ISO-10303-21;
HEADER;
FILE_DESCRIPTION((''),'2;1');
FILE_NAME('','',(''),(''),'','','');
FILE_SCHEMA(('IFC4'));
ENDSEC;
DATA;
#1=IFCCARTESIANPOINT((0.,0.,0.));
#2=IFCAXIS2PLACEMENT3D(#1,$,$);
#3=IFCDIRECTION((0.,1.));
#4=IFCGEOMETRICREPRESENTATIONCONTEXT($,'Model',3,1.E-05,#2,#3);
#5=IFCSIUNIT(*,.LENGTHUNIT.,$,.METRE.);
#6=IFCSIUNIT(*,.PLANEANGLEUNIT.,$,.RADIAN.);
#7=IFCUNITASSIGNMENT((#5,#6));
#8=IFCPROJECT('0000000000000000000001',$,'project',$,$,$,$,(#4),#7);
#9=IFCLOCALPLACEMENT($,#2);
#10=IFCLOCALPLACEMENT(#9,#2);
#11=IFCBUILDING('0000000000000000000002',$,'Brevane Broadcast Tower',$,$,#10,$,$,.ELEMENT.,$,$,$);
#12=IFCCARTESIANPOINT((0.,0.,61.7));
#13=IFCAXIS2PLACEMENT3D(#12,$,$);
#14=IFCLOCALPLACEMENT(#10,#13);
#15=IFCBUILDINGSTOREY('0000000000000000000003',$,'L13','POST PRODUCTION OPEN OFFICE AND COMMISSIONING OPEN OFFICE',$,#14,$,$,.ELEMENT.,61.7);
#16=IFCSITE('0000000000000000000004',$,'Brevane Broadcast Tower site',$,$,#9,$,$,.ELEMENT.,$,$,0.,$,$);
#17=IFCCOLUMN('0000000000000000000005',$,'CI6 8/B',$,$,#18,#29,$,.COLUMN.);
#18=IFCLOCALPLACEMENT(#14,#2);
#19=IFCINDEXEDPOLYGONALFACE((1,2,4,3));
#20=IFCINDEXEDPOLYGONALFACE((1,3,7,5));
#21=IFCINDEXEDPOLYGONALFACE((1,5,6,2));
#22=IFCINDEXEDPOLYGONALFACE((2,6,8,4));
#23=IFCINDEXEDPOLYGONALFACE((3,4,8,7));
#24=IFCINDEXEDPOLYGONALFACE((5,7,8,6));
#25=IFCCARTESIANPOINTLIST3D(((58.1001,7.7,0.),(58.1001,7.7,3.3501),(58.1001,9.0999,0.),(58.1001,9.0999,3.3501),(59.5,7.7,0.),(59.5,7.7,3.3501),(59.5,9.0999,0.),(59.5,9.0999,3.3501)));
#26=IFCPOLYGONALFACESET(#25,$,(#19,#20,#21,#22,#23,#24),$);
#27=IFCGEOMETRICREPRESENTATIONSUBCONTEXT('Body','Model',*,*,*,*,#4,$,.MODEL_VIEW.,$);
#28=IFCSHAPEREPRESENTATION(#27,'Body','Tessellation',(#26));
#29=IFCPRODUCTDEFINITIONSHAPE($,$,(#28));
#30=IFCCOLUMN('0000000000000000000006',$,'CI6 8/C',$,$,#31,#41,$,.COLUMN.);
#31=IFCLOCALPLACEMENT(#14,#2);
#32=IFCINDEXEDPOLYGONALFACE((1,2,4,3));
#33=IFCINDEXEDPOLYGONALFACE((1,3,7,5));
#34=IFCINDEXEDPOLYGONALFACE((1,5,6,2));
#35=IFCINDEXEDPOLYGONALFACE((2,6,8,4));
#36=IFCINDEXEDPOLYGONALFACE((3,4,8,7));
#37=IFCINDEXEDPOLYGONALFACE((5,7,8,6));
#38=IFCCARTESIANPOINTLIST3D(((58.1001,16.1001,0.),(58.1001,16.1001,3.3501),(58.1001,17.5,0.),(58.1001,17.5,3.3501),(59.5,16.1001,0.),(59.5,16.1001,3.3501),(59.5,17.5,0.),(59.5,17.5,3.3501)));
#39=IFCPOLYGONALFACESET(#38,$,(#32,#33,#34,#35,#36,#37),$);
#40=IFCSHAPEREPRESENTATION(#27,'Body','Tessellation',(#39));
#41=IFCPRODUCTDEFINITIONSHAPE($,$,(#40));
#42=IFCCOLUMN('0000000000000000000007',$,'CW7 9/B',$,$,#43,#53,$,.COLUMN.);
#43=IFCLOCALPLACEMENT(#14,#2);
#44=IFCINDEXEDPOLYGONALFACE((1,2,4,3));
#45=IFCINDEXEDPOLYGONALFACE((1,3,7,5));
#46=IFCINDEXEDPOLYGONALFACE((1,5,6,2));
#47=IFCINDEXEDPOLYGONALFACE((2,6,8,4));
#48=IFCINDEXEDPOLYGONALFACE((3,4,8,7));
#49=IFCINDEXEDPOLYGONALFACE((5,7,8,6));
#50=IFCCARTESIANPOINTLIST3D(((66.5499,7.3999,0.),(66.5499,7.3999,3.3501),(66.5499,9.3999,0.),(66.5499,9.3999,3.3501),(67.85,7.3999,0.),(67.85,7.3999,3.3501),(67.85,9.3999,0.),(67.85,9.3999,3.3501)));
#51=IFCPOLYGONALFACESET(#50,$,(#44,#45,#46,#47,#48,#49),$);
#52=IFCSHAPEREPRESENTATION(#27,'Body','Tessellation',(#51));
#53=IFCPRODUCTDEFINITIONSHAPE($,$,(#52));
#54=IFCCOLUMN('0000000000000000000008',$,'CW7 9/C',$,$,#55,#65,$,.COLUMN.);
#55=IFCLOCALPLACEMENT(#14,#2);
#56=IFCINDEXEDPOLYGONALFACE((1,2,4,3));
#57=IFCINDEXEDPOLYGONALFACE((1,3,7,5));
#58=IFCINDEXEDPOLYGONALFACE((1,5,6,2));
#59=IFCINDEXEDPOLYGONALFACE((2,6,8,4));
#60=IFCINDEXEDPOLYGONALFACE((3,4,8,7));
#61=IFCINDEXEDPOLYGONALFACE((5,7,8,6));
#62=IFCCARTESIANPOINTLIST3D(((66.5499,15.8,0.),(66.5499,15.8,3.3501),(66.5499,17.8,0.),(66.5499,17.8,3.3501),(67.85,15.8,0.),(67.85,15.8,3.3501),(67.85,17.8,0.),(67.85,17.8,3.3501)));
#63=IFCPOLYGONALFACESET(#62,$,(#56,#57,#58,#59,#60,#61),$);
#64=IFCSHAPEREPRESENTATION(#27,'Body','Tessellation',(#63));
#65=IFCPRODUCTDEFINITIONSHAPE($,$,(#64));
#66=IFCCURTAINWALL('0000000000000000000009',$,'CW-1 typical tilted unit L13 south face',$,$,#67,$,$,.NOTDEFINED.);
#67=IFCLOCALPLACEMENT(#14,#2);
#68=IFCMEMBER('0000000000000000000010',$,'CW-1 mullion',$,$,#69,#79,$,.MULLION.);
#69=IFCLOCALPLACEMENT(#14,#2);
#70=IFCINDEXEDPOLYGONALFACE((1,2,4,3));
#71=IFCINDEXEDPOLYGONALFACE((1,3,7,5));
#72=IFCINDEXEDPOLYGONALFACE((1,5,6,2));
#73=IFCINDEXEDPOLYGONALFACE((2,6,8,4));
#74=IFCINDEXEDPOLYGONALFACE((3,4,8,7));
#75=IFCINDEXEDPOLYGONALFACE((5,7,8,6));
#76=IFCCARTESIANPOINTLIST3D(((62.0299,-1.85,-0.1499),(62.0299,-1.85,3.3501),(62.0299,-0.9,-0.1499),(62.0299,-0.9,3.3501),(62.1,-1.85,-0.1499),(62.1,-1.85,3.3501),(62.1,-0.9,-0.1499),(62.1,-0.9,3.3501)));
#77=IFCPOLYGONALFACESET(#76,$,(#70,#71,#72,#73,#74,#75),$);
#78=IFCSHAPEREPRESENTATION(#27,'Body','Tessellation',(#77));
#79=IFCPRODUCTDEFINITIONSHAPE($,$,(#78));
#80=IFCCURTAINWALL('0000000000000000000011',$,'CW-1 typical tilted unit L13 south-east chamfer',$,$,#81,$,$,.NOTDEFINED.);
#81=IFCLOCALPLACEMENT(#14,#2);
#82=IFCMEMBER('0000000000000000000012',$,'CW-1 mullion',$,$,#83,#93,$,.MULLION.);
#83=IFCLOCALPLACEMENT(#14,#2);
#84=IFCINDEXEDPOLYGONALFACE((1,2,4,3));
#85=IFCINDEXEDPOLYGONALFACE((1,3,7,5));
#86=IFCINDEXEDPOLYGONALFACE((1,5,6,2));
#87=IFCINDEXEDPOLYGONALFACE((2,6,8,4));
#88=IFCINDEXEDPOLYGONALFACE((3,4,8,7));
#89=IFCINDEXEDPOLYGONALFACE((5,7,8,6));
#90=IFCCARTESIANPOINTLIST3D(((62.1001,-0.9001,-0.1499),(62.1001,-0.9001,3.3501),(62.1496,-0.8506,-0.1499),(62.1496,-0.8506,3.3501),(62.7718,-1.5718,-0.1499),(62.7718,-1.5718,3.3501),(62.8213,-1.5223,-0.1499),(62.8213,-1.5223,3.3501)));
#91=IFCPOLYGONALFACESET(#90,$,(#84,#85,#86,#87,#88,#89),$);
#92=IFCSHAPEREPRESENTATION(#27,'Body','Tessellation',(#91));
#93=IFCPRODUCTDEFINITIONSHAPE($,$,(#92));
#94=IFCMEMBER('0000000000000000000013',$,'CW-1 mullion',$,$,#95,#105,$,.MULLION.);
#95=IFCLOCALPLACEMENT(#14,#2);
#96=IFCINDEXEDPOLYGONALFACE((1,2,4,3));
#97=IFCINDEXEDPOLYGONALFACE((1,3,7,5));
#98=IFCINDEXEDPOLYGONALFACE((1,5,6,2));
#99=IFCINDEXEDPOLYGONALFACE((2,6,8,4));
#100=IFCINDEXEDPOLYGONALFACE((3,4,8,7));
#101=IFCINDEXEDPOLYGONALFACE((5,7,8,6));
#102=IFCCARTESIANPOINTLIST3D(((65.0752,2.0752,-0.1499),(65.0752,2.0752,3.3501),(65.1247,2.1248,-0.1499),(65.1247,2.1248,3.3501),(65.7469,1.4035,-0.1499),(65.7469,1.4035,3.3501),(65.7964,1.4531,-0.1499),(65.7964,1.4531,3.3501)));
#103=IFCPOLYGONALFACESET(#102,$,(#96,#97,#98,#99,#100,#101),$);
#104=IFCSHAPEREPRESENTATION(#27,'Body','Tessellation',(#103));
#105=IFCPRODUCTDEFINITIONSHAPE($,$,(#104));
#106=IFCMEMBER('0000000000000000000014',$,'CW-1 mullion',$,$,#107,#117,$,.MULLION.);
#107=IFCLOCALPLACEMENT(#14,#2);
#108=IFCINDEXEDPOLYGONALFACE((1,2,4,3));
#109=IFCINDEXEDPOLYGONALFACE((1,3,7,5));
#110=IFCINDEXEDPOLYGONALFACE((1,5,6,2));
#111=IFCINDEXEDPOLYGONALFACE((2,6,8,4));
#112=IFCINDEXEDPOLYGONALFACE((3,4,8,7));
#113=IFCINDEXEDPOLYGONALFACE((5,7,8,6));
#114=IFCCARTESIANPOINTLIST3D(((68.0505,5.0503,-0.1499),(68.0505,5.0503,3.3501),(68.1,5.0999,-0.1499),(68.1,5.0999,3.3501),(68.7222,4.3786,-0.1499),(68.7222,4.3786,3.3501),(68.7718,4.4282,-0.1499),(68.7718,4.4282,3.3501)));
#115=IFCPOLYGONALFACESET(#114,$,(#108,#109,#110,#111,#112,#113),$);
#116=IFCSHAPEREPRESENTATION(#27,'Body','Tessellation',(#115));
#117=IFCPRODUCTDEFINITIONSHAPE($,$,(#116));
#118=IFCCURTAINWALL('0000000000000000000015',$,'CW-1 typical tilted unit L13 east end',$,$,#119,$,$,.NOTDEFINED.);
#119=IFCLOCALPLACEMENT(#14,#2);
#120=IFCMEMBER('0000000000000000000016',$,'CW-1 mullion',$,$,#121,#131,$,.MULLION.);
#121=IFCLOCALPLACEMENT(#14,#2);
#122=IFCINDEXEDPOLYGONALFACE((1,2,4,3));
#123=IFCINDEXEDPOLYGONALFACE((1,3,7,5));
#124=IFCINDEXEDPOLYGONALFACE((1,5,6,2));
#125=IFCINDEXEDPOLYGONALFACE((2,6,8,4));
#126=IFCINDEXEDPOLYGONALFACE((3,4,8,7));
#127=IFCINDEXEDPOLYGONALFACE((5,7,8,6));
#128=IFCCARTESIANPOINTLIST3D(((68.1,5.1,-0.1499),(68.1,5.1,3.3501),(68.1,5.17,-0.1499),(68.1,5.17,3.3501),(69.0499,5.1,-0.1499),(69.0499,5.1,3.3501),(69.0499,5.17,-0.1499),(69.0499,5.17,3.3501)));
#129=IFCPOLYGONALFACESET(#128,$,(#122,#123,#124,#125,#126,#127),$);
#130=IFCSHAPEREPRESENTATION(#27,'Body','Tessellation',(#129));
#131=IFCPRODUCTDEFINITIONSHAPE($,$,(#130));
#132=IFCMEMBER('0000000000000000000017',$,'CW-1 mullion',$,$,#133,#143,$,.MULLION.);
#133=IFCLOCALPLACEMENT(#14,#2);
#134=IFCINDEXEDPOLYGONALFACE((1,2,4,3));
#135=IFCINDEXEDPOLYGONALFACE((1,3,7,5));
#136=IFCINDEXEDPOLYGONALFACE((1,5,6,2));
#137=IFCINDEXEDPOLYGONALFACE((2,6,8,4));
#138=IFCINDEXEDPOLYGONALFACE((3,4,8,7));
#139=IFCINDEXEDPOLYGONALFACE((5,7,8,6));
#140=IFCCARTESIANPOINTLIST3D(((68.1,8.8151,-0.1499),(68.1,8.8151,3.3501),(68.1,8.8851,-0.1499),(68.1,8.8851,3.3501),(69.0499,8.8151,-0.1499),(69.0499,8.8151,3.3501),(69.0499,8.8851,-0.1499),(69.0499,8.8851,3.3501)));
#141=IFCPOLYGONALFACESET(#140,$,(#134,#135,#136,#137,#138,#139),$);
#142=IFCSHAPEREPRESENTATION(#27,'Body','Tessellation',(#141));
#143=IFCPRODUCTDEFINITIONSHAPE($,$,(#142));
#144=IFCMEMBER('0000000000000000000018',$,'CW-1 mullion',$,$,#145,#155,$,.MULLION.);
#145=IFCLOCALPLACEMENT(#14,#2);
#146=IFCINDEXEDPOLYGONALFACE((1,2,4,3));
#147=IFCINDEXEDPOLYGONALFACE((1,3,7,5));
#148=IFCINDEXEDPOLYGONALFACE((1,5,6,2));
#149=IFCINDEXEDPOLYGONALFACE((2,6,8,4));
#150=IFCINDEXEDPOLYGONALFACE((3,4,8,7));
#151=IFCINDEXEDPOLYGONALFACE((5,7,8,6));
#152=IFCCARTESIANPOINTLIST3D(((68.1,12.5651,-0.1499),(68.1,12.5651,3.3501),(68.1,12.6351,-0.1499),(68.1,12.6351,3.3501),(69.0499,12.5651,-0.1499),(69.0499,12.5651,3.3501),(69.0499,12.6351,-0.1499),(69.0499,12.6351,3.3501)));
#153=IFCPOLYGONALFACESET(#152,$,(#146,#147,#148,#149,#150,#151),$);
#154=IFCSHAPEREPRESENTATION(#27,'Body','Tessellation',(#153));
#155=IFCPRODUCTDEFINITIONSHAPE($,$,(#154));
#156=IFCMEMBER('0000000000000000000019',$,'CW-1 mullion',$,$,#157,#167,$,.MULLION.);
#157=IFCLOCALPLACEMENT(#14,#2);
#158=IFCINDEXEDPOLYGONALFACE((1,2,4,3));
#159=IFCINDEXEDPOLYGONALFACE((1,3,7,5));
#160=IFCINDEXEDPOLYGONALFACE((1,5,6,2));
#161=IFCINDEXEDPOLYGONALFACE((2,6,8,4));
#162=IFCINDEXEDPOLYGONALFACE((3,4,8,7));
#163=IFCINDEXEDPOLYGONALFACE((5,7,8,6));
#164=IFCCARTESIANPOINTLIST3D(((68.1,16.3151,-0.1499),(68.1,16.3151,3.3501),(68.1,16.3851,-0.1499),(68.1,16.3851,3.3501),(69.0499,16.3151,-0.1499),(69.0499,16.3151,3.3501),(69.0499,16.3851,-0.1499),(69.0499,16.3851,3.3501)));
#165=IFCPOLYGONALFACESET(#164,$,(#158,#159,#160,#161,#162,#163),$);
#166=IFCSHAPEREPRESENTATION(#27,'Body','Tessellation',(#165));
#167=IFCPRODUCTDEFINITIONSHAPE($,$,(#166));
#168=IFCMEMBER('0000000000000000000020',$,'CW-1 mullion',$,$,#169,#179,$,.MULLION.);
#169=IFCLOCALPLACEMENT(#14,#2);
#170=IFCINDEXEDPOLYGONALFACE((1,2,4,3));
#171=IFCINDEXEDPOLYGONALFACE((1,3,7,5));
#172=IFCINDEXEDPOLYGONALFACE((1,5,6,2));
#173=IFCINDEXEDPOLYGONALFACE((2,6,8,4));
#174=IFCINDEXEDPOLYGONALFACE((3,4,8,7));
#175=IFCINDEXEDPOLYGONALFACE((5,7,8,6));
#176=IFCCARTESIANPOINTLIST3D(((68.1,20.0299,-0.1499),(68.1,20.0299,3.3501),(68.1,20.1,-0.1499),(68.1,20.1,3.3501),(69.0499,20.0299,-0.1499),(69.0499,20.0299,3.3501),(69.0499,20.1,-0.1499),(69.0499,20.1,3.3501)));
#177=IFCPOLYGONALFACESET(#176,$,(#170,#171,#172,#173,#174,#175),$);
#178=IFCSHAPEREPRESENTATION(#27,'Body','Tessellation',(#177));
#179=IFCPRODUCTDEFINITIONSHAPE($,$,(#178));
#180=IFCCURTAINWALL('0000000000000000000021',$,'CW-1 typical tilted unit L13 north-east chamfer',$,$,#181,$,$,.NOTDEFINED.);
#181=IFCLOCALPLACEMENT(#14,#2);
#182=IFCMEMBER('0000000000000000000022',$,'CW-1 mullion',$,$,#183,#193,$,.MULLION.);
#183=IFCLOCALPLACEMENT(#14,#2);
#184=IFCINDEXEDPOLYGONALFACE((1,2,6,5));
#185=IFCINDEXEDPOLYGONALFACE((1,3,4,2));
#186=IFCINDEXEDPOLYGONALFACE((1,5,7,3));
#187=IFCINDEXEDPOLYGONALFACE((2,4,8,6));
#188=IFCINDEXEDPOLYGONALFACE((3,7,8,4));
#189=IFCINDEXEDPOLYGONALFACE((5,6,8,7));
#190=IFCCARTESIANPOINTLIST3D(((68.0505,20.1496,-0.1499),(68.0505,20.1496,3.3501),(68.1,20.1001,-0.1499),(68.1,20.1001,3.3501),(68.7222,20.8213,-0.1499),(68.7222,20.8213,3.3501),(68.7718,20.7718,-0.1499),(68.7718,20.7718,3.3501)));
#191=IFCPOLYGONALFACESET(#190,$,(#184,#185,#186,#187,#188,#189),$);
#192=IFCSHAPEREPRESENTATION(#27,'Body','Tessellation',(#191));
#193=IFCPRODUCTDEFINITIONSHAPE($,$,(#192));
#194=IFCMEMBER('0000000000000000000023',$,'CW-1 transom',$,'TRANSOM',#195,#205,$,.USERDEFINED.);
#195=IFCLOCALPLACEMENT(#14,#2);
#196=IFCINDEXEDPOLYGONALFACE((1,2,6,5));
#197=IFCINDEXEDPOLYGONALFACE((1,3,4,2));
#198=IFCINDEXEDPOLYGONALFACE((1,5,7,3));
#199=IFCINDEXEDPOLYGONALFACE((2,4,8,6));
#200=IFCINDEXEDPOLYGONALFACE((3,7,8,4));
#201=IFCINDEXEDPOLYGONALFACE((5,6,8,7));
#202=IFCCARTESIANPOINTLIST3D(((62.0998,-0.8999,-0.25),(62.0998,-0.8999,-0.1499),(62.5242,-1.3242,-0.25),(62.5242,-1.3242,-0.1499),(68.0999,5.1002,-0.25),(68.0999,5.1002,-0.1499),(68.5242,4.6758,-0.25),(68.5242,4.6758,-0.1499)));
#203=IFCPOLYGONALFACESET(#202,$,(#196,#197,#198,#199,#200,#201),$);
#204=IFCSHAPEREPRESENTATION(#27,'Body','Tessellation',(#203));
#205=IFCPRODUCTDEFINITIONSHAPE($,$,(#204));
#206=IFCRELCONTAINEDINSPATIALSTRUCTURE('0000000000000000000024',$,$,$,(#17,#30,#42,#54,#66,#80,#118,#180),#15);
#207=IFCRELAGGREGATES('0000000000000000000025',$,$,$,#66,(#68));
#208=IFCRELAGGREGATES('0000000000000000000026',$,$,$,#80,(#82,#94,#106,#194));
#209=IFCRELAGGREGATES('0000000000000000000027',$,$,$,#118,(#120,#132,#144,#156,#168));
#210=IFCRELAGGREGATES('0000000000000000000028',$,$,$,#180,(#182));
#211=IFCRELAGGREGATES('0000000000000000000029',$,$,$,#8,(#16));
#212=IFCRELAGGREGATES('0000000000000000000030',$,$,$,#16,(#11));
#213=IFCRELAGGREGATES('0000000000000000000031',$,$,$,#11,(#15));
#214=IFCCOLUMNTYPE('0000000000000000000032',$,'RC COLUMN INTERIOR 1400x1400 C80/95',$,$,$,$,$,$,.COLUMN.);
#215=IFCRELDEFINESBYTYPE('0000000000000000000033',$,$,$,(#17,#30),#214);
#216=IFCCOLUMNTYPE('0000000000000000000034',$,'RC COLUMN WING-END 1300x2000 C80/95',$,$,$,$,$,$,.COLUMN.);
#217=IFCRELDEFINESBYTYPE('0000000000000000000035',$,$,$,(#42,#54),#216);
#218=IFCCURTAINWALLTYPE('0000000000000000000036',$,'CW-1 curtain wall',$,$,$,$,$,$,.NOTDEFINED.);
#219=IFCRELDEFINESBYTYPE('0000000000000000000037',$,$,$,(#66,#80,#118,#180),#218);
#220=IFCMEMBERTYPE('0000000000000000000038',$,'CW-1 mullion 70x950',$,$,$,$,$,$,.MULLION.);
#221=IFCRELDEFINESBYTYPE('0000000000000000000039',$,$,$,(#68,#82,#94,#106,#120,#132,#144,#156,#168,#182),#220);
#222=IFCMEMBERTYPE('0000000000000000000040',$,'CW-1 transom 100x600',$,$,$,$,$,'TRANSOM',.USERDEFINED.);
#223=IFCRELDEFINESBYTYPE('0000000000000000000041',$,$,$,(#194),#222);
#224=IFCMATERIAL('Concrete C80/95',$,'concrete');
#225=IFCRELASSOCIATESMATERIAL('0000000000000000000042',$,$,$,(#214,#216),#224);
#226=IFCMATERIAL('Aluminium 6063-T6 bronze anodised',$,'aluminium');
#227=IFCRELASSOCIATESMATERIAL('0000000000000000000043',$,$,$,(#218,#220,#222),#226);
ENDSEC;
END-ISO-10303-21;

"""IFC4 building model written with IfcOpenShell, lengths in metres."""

from ifc_helpers import new_model, si_unit, direction, frame, origin, origin_2d, place, context, subcontext, project, spatial, rectangle, extrude, material, material_profile, profile_set, type_object, element, aggregate, save


model = new_model("IFC4")

# Units and contexts
model_context = context("Model", 3, precision=1e-05, world=origin(), true_north=direction((0.0, 1.0)))
body_context = subcontext(model_context, "Body", "Model", "MODEL_VIEW")
ifc_project = project(units=[si_unit("LENGTHUNIT", "METRE"), si_unit("PLANEANGLEUNIT", "RADIAN")], contexts=[model_context])

# Site, building, storey
site_placement = place(None, origin())
site = spatial("IfcSite", under=ifc_project, at=site_placement, Name="Brevane Broadcast Tower site", CompositionType="ELEMENT", RefElevation=0.0)
building_placement = place(site_placement, origin())
building = spatial("IfcBuilding", under=site, at=building_placement, Name="Brevane Broadcast Tower", CompositionType="ELEMENT")
storey_placement = place(building_placement, frame((0.0, 0.0, 61.7)))
storey = spatial("IfcBuildingStorey", under=building, at=storey_placement, Name="L13", Description="POST PRODUCTION OPEN OFFICE AND COMMISSIONING OPEN OFFICE", CompositionType="ELEMENT", Elevation=61.7)

# Columns
ifc_material_1 = material(Name="Concrete C80/95", Category="concrete")
ifc_material_profile_1 = material_profile(ifc_material_1, rectangle(XDim=1.3999, YDim=1.3999, at=origin_2d()), Name="RC 1400x1400")
ifc_profile_set_1 = profile_set([ifc_material_profile_1], Name="Concrete C80/95")
column_type_1 = type_object("IfcColumnType", Name="RC COLUMN INTERIOR 1400x1400 C80/95", PredefinedType="COLUMN", material=ifc_profile_set_1)
for number, where, z_axis, x_axis, name in (
    (1, (58.8, 8.3999, 0.0), (0.0, 0.0, 1.0), (1.0, 0.0, 0.0), "CI6 8/B"),
    (2, (58.8, 16.8, 0.0), (0.0, 0.0, 1.0), (1.0, 0.0, 0.0), "CI6 8/C"),
):
    element("IfcColumn", number, at=place(storey_placement, frame(where, z_axis=z_axis, x_axis=x_axis)), inside=storey, type_object=column_type_1, Name=name, PredefinedType="COLUMN", context=body_context, shape_type="SweptSolid", body=[
        extrude(rectangle(XDim=1.3999, YDim=1.3999, at=origin_2d()), origin(), (0.0, 0.0, 1.0), 3.3501),
    ])
ifc_material_profile_2 = material_profile(ifc_material_1, rectangle(XDim=1.3, YDim=2.0, at=origin_2d()), Name="RC 1300x2000")
ifc_profile_set_2 = profile_set([ifc_material_profile_2], Name="Concrete C80/95")
column_type_2 = type_object("IfcColumnType", Name="RC COLUMN WING-END 1300x2000 C80/95", PredefinedType="COLUMN", material=ifc_profile_set_2)
for number, where, z_axis, x_axis, name in (
    (3, (67.2, 8.3999, 0.0), (0.0, 0.0, 1.0), (1.0, 0.0, 0.0), "CW7 9/B"),
    (4, (67.2, 16.8, 0.0), (0.0, 0.0, 1.0), (1.0, 0.0, 0.0), "CW7 9/C"),
):
    element("IfcColumn", number, at=place(storey_placement, frame(where, z_axis=z_axis, x_axis=x_axis)), inside=storey, type_object=column_type_2, Name=name, PredefinedType="COLUMN", context=body_context, shape_type="SweptSolid", body=[
        extrude(rectangle(XDim=1.3, YDim=2.0, at=origin_2d()), origin(), (0.0, 0.0, 1.0), 3.3501),
    ])

# Curtain wall, member
ifc_material_2 = material(Name="Aluminium 6063-T6 bronze anodised", Category="aluminium")
curtain_wall_type = type_object("IfcCurtainWallType", Name="CW-1 curtain wall", PredefinedType="NOTDEFINED", material=ifc_material_2)
curtain_wall_1_placement = place(storey_placement, origin())
curtain_wall_1 = element("IfcCurtainWall", 5, at=curtain_wall_1_placement, inside=storey, type_object=curtain_wall_type, Name="CW-1 typical tilted unit L13 south face", PredefinedType="NOTDEFINED")
ifc_material_profile_3 = material_profile(ifc_material_2, rectangle(XDim=0.95, YDim=0.0701, at=origin_2d()), Name="RECT 70x950")
ifc_profile_set_3 = profile_set([ifc_material_profile_3], Name="Aluminium 6063-T6 bronze anodised")
member_type_1 = type_object("IfcMemberType", Name="CW-1 mullion 70x950", PredefinedType="MULLION", material=ifc_profile_set_3)
member_1_placement = place(storey_placement, frame((62.0649, -1.375, -0.1499), z_axis=(0.0, 0.0, 1.0), x_axis=(0.0, 1.0, 0.0)))
member_1 = element("IfcMember", 6, at=member_1_placement, type_object=member_type_1, Name="CW-1 mullion", PredefinedType="MULLION", context=body_context, shape_type="SweptSolid", body=[
    extrude(rectangle(XDim=0.95, YDim=0.0701, at=origin_2d()), origin(), (0.0, 0.0, 1.0), 3.5),
])
aggregate(curtain_wall_1, [member_1])

# Curtain walls, members
curtain_wall_2_placement = place(storey_placement, origin())
curtain_wall_2 = element("IfcCurtainWall", 7, at=curtain_wall_2_placement, inside=storey, type_object=curtain_wall_type, Name="CW-1 typical tilted unit L13 south-east chamfer", PredefinedType="NOTDEFINED")
member_2_placement = place(storey_placement, frame((62.4607, -1.2112, -0.1499), z_axis=(0.0, 0.0, 1.0), x_axis=(-0.707107, 0.707107, 0.0)))
member_2 = element("IfcMember", 8, at=member_2_placement, type_object=member_type_1, Name="CW-1 mullion", PredefinedType="MULLION", context=body_context, shape_type="SweptSolid", body=[
    extrude(rectangle(XDim=0.95, YDim=0.0701, at=origin_2d()), origin(), (0.0, 0.0, 1.0), 3.5),
])
member_3_placement = place(storey_placement, frame((65.4358, 1.7642, -0.1499), z_axis=(0.0, 0.0, 1.0), x_axis=(-0.707107, 0.707107, 0.0)))
member_3 = element("IfcMember", 9, at=member_3_placement, type_object=member_type_1, Name="CW-1 mullion", PredefinedType="MULLION", context=body_context, shape_type="SweptSolid", body=[
    extrude(rectangle(XDim=0.95, YDim=0.0701, at=origin_2d()), origin(), (0.0, 0.0, 1.0), 3.5),
])
member_4_placement = place(storey_placement, frame((68.4111, 4.7393, -0.1499), z_axis=(0.0, 0.0, 1.0), x_axis=(-0.707107, 0.707107, 0.0)))
member_4 = element("IfcMember", 10, at=member_4_placement, type_object=member_type_1, Name="CW-1 mullion", PredefinedType="MULLION", context=body_context, shape_type="SweptSolid", body=[
    extrude(rectangle(XDim=0.95, YDim=0.0701, at=origin_2d()), origin(), (0.0, 0.0, 1.0), 3.5),
])
curtain_wall_3_placement = place(storey_placement, origin())
curtain_wall_3 = element("IfcCurtainWall", 11, at=curtain_wall_3_placement, inside=storey, type_object=curtain_wall_type, Name="CW-1 typical tilted unit L13 east end", PredefinedType="NOTDEFINED")
member_5_placement = place(storey_placement, frame((68.575, 5.135, -0.1499), z_axis=(0.0, 0.0, 1.0), x_axis=(-1.0, 0.0, 0.0)))
member_5 = element("IfcMember", 12, at=member_5_placement, type_object=member_type_1, Name="CW-1 mullion", PredefinedType="MULLION", context=body_context, shape_type="SweptSolid", body=[
    extrude(rectangle(XDim=0.95, YDim=0.0701, at=origin_2d()), origin(), (0.0, 0.0, 1.0), 3.5),
])
member_6_placement = place(storey_placement, frame((68.575, 8.8501, -0.1499), z_axis=(0.0, 0.0, 1.0), x_axis=(-1.0, 0.0, 0.0)))
member_6 = element("IfcMember", 13, at=member_6_placement, type_object=member_type_1, Name="CW-1 mullion", PredefinedType="MULLION", context=body_context, shape_type="SweptSolid", body=[
    extrude(rectangle(XDim=0.95, YDim=0.0701, at=origin_2d()), origin(), (0.0, 0.0, 1.0), 3.5),
])
member_7_placement = place(storey_placement, frame((68.575, 12.6001, -0.1499), z_axis=(0.0, 0.0, 1.0), x_axis=(-1.0, 0.0, 0.0)))
member_7 = element("IfcMember", 14, at=member_7_placement, type_object=member_type_1, Name="CW-1 mullion", PredefinedType="MULLION", context=body_context, shape_type="SweptSolid", body=[
    extrude(rectangle(XDim=0.95, YDim=0.0701, at=origin_2d()), origin(), (0.0, 0.0, 1.0), 3.5),
])
member_8_placement = place(storey_placement, frame((68.575, 16.3501, -0.1499), z_axis=(0.0, 0.0, 1.0), x_axis=(-1.0, 0.0, 0.0)))
member_8 = element("IfcMember", 15, at=member_8_placement, type_object=member_type_1, Name="CW-1 mullion", PredefinedType="MULLION", context=body_context, shape_type="SweptSolid", body=[
    extrude(rectangle(XDim=0.95, YDim=0.0701, at=origin_2d()), origin(), (0.0, 0.0, 1.0), 3.5),
])
member_9_placement = place(storey_placement, frame((68.575, 20.0649, -0.1499), z_axis=(0.0, 0.0, 1.0), x_axis=(-1.0, 0.0, 0.0)))
member_9 = element("IfcMember", 16, at=member_9_placement, type_object=member_type_1, Name="CW-1 mullion", PredefinedType="MULLION", context=body_context, shape_type="SweptSolid", body=[
    extrude(rectangle(XDim=0.95, YDim=0.0701, at=origin_2d()), origin(), (0.0, 0.0, 1.0), 3.5),
])

# Curtain wall, member
curtain_wall_4_placement = place(storey_placement, origin())
curtain_wall_4 = element("IfcCurtainWall", 17, at=curtain_wall_4_placement, inside=storey, type_object=curtain_wall_type, Name="CW-1 typical tilted unit L13 north-east chamfer", PredefinedType="NOTDEFINED")
member_10_placement = place(storey_placement, frame((68.4111, 20.4607, -0.1499), z_axis=(0.0, 0.0, 1.0), x_axis=(-0.707107, -0.707107, 0.0)))
member_10 = element("IfcMember", 18, at=member_10_placement, type_object=member_type_1, Name="CW-1 mullion", PredefinedType="MULLION", context=body_context, shape_type="SweptSolid", body=[
    extrude(rectangle(XDim=0.95, YDim=0.0701, at=origin_2d()), origin(), (0.0, 0.0, 1.0), 3.5),
])

# Member
ifc_material_profile_4 = material_profile(ifc_material_2, rectangle(XDim=0.6001, YDim=0.1001, at=origin_2d()), Name="RECT 100x600")
ifc_profile_set_4 = profile_set([ifc_material_profile_4], Name="Aluminium 6063-T6 bronze anodised")
member_type_2 = type_object("IfcMemberType", Name="CW-1 transom 100x600", ElementType="TRANSOM", PredefinedType="USERDEFINED", material=ifc_profile_set_4)
member_11_placement = place(storey_placement, frame((62.312, -1.1121, -0.2), z_axis=(0.707107, 0.707107, 0.0), x_axis=(-0.707107, 0.707107, 0.0)))
member_11 = element("IfcMember", 19, at=member_11_placement, type_object=member_type_2, Name="CW-1 transom", ObjectType="TRANSOM", PredefinedType="USERDEFINED", context=body_context, shape_type="SweptSolid", body=[
    extrude(rectangle(XDim=0.6001, YDim=0.1001, at=origin_2d()), origin(), (0.0, 0.0, 1.0), 8.4854),
])
aggregate(curtain_wall_2, [member_2, member_3, member_4, member_11])
aggregate(curtain_wall_3, [member_5, member_6, member_7, member_8, member_9])
aggregate(curtain_wall_4, [member_10])

save(model, "model.ifc")
